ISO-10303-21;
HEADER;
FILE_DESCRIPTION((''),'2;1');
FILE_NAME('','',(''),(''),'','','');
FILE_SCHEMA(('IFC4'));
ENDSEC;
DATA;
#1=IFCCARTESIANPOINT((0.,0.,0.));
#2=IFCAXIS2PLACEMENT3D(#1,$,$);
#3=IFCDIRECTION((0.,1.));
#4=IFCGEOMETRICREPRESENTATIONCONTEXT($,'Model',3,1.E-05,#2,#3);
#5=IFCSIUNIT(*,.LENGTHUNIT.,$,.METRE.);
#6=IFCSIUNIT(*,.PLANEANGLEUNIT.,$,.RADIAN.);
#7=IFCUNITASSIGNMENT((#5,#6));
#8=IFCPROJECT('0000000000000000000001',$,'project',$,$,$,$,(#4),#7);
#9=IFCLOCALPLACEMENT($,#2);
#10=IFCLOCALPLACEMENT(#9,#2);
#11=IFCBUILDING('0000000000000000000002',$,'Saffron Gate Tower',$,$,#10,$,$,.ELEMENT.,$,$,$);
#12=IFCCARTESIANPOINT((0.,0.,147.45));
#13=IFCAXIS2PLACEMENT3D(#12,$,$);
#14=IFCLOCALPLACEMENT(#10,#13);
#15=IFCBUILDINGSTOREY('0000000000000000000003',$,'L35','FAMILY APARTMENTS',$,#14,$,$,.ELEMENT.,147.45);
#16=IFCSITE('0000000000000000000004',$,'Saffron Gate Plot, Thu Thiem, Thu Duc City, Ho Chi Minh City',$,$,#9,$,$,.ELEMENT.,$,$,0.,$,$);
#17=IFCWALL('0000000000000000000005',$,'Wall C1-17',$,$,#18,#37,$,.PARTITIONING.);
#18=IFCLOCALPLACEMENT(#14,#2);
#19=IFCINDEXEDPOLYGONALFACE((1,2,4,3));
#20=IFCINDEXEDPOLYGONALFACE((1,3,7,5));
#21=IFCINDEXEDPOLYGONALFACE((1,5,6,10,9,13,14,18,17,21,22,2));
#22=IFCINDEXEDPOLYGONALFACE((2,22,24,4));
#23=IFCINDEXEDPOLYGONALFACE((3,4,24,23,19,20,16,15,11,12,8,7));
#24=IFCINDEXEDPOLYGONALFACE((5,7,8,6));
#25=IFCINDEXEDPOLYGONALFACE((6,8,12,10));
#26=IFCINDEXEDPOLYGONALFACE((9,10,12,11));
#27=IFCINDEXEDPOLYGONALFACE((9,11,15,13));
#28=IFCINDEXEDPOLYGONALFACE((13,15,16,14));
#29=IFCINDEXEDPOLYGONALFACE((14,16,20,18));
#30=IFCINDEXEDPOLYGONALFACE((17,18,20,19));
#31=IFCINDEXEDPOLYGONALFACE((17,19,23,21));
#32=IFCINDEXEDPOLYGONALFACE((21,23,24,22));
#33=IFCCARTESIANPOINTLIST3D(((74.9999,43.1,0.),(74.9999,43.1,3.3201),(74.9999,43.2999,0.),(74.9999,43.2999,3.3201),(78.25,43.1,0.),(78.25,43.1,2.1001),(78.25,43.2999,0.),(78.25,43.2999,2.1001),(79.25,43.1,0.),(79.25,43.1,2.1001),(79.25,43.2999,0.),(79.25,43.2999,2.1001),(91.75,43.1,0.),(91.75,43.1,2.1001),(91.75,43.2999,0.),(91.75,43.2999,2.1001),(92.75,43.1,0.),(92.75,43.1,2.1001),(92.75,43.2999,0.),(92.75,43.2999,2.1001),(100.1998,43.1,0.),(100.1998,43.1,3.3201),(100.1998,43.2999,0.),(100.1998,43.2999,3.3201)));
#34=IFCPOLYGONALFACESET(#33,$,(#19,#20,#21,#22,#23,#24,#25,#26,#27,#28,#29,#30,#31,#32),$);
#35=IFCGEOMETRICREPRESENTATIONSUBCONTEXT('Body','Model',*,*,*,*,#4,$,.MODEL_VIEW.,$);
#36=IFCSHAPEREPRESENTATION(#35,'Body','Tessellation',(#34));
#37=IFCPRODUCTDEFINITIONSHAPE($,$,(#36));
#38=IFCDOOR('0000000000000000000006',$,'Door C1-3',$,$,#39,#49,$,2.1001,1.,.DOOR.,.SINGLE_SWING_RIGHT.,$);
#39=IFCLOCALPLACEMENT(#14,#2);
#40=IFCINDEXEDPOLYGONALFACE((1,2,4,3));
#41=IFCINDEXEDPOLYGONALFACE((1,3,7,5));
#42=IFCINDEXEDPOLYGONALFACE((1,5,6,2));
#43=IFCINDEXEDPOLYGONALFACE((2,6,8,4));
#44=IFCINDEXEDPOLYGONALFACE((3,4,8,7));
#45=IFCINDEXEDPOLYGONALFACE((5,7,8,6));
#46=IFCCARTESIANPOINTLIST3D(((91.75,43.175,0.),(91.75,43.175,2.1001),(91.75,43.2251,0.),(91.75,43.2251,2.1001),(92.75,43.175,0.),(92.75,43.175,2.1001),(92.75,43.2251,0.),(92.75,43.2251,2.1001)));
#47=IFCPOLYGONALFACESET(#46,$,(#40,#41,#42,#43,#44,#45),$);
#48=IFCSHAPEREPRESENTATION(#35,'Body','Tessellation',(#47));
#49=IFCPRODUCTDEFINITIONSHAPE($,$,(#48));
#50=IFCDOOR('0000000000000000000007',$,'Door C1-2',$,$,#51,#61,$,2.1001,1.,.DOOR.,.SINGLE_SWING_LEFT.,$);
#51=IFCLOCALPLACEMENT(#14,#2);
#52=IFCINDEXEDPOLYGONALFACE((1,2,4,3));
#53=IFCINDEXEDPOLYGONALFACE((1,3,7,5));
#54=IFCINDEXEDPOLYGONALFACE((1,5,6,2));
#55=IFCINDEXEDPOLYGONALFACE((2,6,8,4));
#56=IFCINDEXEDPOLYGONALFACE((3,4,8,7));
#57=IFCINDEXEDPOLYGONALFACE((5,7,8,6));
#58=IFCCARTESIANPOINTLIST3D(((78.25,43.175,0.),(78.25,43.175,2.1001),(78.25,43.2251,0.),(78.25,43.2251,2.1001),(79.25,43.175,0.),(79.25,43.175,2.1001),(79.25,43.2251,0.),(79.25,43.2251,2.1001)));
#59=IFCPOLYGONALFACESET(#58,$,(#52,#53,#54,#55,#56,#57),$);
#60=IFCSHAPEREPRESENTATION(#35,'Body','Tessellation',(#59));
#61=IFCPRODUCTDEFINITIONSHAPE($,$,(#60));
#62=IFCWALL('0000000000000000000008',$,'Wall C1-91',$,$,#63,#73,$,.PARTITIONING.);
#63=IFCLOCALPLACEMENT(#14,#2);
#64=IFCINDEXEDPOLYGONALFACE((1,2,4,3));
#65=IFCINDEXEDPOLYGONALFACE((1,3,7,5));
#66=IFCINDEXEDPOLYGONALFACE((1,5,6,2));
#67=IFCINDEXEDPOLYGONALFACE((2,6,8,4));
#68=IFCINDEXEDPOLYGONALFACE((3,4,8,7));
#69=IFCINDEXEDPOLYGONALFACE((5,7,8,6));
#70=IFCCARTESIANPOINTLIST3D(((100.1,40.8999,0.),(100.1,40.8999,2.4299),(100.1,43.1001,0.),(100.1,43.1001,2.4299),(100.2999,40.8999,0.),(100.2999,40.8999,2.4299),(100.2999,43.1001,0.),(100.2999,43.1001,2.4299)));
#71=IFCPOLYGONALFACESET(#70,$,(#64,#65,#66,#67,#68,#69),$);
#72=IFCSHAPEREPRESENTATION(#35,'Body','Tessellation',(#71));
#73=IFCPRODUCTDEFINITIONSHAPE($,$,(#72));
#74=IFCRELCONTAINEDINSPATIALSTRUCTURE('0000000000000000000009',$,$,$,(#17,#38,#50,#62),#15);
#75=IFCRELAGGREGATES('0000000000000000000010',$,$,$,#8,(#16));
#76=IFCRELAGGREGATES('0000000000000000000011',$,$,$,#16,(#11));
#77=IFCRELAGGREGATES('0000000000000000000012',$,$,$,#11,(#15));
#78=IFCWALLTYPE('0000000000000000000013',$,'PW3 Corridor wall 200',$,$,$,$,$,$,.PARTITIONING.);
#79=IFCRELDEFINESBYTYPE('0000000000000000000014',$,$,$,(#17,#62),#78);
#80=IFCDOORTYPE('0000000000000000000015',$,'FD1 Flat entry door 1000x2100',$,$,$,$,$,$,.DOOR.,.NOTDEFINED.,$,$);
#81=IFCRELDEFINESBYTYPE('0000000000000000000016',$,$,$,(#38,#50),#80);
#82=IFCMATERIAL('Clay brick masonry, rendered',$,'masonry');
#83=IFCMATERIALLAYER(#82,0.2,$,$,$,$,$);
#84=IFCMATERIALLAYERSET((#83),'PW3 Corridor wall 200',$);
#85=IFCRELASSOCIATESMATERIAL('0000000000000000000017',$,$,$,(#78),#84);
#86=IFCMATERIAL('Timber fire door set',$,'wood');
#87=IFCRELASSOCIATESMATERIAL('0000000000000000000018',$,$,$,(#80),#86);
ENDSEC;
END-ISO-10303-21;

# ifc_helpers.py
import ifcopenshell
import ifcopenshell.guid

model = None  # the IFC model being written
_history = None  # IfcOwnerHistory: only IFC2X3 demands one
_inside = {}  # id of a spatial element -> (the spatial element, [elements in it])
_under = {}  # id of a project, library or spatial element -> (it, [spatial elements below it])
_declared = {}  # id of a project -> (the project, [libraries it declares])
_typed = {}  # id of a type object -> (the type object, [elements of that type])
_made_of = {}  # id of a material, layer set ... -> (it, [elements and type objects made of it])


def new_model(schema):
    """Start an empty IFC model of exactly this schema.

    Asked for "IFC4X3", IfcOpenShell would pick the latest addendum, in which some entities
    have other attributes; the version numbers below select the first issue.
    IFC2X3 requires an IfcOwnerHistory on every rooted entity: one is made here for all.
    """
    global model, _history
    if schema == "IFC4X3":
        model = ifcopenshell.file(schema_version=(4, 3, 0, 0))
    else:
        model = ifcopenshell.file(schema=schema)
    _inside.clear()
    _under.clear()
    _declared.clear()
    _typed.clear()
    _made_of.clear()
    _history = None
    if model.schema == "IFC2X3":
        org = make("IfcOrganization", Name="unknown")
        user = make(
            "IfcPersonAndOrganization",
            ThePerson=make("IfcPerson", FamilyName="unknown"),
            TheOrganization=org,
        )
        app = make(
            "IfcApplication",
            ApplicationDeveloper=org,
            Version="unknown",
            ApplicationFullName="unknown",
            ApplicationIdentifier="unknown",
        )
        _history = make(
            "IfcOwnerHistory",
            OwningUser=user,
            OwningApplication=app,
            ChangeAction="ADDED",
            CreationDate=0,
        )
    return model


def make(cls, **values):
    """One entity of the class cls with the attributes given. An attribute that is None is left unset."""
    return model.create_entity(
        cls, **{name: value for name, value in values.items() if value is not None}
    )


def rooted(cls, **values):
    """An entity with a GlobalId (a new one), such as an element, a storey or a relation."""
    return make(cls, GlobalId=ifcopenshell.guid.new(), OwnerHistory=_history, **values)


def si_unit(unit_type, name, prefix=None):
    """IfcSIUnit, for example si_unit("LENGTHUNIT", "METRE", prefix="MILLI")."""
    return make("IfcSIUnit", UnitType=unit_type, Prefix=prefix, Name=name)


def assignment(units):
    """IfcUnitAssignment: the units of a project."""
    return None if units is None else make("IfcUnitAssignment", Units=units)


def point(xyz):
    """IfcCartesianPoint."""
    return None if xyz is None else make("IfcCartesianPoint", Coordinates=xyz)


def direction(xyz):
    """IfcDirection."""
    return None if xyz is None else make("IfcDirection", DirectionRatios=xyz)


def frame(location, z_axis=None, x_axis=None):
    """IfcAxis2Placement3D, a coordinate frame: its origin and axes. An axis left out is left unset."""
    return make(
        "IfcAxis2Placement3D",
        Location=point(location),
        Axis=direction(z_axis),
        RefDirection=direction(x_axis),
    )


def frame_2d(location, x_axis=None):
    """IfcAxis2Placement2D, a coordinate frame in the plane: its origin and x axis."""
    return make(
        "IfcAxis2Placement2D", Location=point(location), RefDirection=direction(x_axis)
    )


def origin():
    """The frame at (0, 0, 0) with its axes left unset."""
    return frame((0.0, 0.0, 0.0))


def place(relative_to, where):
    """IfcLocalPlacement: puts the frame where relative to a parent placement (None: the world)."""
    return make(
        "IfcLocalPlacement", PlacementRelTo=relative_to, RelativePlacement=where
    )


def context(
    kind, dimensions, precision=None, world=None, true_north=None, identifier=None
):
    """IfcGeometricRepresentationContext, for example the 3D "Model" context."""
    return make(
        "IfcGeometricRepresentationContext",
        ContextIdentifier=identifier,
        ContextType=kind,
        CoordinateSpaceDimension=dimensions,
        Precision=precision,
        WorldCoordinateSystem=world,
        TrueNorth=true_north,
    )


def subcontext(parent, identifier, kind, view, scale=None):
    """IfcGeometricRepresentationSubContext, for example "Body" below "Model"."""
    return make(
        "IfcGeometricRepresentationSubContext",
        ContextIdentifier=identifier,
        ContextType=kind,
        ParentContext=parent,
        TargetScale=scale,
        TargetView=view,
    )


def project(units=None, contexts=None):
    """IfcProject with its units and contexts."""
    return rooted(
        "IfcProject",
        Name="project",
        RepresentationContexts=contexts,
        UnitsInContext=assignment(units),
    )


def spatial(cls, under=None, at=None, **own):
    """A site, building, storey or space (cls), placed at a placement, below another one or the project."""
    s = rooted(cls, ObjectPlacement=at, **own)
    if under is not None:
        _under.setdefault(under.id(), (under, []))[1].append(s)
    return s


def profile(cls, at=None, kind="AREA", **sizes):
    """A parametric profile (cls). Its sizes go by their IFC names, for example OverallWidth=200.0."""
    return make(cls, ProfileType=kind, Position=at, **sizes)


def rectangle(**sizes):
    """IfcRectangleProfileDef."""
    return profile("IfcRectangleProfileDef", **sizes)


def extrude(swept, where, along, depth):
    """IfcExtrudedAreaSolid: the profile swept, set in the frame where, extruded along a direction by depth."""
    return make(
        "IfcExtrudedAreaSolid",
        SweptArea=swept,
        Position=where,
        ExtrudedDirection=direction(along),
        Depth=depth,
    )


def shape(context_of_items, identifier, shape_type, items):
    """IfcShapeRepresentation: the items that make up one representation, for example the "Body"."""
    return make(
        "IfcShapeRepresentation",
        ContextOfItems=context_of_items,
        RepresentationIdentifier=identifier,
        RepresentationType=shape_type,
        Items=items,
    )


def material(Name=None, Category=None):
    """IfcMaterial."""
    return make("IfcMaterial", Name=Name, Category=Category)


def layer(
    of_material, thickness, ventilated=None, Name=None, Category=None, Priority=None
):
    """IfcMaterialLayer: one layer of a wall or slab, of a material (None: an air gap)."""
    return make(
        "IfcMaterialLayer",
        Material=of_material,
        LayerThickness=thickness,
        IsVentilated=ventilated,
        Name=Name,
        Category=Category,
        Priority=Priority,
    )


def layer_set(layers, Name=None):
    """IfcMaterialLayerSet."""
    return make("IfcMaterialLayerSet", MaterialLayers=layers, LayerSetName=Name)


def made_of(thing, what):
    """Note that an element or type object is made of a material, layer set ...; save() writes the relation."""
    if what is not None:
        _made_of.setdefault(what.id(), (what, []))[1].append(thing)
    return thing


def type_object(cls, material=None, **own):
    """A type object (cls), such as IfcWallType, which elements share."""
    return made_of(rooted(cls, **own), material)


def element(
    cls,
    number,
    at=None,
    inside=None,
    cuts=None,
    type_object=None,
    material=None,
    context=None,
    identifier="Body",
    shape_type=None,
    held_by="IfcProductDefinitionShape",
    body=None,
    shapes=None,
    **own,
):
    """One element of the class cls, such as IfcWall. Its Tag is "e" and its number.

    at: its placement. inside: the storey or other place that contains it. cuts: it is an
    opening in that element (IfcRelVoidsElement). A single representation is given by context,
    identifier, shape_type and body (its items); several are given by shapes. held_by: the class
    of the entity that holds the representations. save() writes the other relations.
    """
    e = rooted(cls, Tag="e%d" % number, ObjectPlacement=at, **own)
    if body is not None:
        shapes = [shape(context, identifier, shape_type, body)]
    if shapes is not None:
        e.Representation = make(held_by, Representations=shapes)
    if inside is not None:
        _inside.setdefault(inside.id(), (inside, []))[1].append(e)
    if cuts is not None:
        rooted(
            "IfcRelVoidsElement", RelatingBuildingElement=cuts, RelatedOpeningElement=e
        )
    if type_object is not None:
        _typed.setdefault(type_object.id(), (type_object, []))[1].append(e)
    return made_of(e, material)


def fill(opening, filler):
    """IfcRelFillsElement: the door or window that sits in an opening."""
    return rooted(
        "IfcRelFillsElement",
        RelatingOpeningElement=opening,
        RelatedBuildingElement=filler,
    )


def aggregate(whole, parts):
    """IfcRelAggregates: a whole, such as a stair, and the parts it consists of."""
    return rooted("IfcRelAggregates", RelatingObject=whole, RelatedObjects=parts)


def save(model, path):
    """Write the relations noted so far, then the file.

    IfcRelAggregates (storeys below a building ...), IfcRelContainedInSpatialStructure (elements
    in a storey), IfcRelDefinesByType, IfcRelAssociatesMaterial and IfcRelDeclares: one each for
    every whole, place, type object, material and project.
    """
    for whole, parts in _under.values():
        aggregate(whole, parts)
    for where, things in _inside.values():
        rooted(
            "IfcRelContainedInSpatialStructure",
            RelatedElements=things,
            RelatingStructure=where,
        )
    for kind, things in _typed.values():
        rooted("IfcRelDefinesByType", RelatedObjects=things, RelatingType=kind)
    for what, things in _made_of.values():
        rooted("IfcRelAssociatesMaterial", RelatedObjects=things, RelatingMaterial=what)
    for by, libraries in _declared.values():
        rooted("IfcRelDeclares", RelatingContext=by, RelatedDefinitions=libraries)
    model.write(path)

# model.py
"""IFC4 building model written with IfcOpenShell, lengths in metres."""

from ifc_helpers import new_model, si_unit, direction, frame, frame_2d, origin, place, context, subcontext, project, spatial, rectangle, extrude, material, layer, layer_set, type_object, element, fill, save


model = new_model("IFC4")

# Units and contexts
model_context = context("Model", 3, precision=1e-05, world=origin(), true_north=direction((0.0, 1.0)))
body_context = subcontext(model_context, "Body", "Model", "MODEL_VIEW")
ifc_project = project(units=[si_unit("LENGTHUNIT", "METRE"), si_unit("PLANEANGLEUNIT", "RADIAN")], contexts=[model_context])

# Site, building, storey
site_placement = place(None, origin())
site = spatial("IfcSite", under=ifc_project, at=site_placement, Name="Saffron Gate Plot, Thu Thiem, Thu Duc City, Ho Chi Minh City", CompositionType="ELEMENT", RefElevation=0.0)
building_placement = place(site_placement, origin())
building = spatial("IfcBuilding", under=site, at=building_placement, Name="Saffron Gate Tower", CompositionType="ELEMENT")
storey_placement = place(building_placement, frame((0.0, 0.0, 147.45)))
storey = spatial("IfcBuildingStorey", under=building, at=storey_placement, Name="L35", Description="FAMILY APARTMENTS", CompositionType="ELEMENT", Elevation=147.45)

# Shared definitions
ifc_material_1 = material(Name="Clay brick masonry, rendered", Category="masonry")

# Wall, openings, doors
ifc_layer_1 = layer(ifc_material_1, 0.2)
ifc_layer_set_1 = layer_set([ifc_layer_1], Name="PW3 Corridor wall 200")
wall_type_1 = type_object("IfcWallType", Name="PW3 Corridor wall 200", PredefinedType="PARTITIONING", material=ifc_layer_set_1)
wall_1_placement = place(storey_placement, frame((100.2, 43.2, 0.0), z_axis=(0.0, 0.0, 1.0), x_axis=(-1.0, 0.0, 0.0)))
wall_1 = element("IfcWall", 1, at=wall_1_placement, inside=storey, type_object=wall_type_1, Name="Wall C1-17", PredefinedType="PARTITIONING", context=body_context, shape_type="SweptSolid", body=[
    extrude(rectangle(XDim=25.2, YDim=0.2, at=frame_2d((12.6001, 0.0))), origin(), (0.0, 0.0, 1.0), 3.3201),
])
opening_1_placement = place(wall_1_placement, frame((7.45, 0.0, 0.0)))
opening_1 = element("IfcOpeningElement", 2, at=opening_1_placement, cuts=wall_1, PredefinedType="OPENING", context=body_context, shape_type="SweptSolid", body=[
    extrude(rectangle(XDim=1.0, YDim=2.1001, at=frame_2d((0.5, 1.05))), frame((0.0, 0.1099, 0.0), z_axis=(0.0, -1.0, 0.0), x_axis=(1.0, 0.0, 0.0)), (0.0, 0.0, 1.0), 0.22),
])
opening_2_placement = place(wall_1_placement, frame((20.95, 0.0, 0.0)))
opening_2 = element("IfcOpeningElement", 3, at=opening_2_placement, cuts=wall_1, PredefinedType="OPENING", context=body_context, shape_type="SweptSolid", body=[
    extrude(rectangle(XDim=1.0, YDim=2.1001, at=frame_2d((0.5, 1.05))), frame((0.0, 0.1099, 0.0), z_axis=(0.0, -1.0, 0.0), x_axis=(1.0, 0.0, 0.0)), (0.0, 0.0, 1.0), 0.22),
])
ifc_material_2 = material(Name="Timber fire door set", Category="wood")
door_type_1 = type_object("IfcDoorType", Name="FD1 Flat entry door 1000x2100", OperationType="NOTDEFINED", PredefinedType="DOOR", material=ifc_material_2)
door_1_placement = place(opening_1_placement, origin())
door_1 = element("IfcDoor", 4, at=door_1_placement, inside=storey, type_object=door_type_1, Name="Door C1-3", OperationType="SINGLE_SWING_RIGHT", OverallHeight=2.1001, OverallWidth=1.0, PredefinedType="DOOR", context=body_context, shape_type="SweptSolid", body=[
    extrude(rectangle(XDim=1.0, YDim=2.1001, at=frame_2d((0.5, 1.05))), frame((0.0, 0.0249, 0.0), z_axis=(0.0, -1.0, 0.0), x_axis=(1.0, 0.0, 0.0)), (0.0, 0.0, 1.0), 0.05),
])
fill(opening_1, door_1)
door_2_placement = place(opening_2_placement, origin())
door_2 = element("IfcDoor", 5, at=door_2_placement, inside=storey, type_object=door_type_1, Name="Door C1-2", OperationType="SINGLE_SWING_LEFT", OverallHeight=2.1001, OverallWidth=1.0, PredefinedType="DOOR", context=body_context, shape_type="SweptSolid", body=[
    extrude(rectangle(XDim=1.0, YDim=2.1001, at=frame_2d((0.5, 1.05))), frame((0.0, 0.0249, 0.0), z_axis=(0.0, -1.0, 0.0), x_axis=(1.0, 0.0, 0.0)), (0.0, 0.0, 1.0), 0.05),
])
fill(opening_2, door_2)

# Wall
wall_2_placement = place(storey_placement, frame((100.2, 43.1001, 0.0), z_axis=(0.0, 0.0, 1.0), x_axis=(0.0, -1.0, 0.0)))
element("IfcWall", 6, at=wall_2_placement, inside=storey, type_object=wall_type_1, Name="Wall C1-91", PredefinedType="PARTITIONING", context=body_context, shape_type="SweptSolid", body=[
    extrude(rectangle(XDim=2.2002, YDim=0.2, at=frame_2d((1.1001, 0.0))), origin(), (0.0, 0.0, 1.0), 2.4299),
])

save(model, "model.ifc")
